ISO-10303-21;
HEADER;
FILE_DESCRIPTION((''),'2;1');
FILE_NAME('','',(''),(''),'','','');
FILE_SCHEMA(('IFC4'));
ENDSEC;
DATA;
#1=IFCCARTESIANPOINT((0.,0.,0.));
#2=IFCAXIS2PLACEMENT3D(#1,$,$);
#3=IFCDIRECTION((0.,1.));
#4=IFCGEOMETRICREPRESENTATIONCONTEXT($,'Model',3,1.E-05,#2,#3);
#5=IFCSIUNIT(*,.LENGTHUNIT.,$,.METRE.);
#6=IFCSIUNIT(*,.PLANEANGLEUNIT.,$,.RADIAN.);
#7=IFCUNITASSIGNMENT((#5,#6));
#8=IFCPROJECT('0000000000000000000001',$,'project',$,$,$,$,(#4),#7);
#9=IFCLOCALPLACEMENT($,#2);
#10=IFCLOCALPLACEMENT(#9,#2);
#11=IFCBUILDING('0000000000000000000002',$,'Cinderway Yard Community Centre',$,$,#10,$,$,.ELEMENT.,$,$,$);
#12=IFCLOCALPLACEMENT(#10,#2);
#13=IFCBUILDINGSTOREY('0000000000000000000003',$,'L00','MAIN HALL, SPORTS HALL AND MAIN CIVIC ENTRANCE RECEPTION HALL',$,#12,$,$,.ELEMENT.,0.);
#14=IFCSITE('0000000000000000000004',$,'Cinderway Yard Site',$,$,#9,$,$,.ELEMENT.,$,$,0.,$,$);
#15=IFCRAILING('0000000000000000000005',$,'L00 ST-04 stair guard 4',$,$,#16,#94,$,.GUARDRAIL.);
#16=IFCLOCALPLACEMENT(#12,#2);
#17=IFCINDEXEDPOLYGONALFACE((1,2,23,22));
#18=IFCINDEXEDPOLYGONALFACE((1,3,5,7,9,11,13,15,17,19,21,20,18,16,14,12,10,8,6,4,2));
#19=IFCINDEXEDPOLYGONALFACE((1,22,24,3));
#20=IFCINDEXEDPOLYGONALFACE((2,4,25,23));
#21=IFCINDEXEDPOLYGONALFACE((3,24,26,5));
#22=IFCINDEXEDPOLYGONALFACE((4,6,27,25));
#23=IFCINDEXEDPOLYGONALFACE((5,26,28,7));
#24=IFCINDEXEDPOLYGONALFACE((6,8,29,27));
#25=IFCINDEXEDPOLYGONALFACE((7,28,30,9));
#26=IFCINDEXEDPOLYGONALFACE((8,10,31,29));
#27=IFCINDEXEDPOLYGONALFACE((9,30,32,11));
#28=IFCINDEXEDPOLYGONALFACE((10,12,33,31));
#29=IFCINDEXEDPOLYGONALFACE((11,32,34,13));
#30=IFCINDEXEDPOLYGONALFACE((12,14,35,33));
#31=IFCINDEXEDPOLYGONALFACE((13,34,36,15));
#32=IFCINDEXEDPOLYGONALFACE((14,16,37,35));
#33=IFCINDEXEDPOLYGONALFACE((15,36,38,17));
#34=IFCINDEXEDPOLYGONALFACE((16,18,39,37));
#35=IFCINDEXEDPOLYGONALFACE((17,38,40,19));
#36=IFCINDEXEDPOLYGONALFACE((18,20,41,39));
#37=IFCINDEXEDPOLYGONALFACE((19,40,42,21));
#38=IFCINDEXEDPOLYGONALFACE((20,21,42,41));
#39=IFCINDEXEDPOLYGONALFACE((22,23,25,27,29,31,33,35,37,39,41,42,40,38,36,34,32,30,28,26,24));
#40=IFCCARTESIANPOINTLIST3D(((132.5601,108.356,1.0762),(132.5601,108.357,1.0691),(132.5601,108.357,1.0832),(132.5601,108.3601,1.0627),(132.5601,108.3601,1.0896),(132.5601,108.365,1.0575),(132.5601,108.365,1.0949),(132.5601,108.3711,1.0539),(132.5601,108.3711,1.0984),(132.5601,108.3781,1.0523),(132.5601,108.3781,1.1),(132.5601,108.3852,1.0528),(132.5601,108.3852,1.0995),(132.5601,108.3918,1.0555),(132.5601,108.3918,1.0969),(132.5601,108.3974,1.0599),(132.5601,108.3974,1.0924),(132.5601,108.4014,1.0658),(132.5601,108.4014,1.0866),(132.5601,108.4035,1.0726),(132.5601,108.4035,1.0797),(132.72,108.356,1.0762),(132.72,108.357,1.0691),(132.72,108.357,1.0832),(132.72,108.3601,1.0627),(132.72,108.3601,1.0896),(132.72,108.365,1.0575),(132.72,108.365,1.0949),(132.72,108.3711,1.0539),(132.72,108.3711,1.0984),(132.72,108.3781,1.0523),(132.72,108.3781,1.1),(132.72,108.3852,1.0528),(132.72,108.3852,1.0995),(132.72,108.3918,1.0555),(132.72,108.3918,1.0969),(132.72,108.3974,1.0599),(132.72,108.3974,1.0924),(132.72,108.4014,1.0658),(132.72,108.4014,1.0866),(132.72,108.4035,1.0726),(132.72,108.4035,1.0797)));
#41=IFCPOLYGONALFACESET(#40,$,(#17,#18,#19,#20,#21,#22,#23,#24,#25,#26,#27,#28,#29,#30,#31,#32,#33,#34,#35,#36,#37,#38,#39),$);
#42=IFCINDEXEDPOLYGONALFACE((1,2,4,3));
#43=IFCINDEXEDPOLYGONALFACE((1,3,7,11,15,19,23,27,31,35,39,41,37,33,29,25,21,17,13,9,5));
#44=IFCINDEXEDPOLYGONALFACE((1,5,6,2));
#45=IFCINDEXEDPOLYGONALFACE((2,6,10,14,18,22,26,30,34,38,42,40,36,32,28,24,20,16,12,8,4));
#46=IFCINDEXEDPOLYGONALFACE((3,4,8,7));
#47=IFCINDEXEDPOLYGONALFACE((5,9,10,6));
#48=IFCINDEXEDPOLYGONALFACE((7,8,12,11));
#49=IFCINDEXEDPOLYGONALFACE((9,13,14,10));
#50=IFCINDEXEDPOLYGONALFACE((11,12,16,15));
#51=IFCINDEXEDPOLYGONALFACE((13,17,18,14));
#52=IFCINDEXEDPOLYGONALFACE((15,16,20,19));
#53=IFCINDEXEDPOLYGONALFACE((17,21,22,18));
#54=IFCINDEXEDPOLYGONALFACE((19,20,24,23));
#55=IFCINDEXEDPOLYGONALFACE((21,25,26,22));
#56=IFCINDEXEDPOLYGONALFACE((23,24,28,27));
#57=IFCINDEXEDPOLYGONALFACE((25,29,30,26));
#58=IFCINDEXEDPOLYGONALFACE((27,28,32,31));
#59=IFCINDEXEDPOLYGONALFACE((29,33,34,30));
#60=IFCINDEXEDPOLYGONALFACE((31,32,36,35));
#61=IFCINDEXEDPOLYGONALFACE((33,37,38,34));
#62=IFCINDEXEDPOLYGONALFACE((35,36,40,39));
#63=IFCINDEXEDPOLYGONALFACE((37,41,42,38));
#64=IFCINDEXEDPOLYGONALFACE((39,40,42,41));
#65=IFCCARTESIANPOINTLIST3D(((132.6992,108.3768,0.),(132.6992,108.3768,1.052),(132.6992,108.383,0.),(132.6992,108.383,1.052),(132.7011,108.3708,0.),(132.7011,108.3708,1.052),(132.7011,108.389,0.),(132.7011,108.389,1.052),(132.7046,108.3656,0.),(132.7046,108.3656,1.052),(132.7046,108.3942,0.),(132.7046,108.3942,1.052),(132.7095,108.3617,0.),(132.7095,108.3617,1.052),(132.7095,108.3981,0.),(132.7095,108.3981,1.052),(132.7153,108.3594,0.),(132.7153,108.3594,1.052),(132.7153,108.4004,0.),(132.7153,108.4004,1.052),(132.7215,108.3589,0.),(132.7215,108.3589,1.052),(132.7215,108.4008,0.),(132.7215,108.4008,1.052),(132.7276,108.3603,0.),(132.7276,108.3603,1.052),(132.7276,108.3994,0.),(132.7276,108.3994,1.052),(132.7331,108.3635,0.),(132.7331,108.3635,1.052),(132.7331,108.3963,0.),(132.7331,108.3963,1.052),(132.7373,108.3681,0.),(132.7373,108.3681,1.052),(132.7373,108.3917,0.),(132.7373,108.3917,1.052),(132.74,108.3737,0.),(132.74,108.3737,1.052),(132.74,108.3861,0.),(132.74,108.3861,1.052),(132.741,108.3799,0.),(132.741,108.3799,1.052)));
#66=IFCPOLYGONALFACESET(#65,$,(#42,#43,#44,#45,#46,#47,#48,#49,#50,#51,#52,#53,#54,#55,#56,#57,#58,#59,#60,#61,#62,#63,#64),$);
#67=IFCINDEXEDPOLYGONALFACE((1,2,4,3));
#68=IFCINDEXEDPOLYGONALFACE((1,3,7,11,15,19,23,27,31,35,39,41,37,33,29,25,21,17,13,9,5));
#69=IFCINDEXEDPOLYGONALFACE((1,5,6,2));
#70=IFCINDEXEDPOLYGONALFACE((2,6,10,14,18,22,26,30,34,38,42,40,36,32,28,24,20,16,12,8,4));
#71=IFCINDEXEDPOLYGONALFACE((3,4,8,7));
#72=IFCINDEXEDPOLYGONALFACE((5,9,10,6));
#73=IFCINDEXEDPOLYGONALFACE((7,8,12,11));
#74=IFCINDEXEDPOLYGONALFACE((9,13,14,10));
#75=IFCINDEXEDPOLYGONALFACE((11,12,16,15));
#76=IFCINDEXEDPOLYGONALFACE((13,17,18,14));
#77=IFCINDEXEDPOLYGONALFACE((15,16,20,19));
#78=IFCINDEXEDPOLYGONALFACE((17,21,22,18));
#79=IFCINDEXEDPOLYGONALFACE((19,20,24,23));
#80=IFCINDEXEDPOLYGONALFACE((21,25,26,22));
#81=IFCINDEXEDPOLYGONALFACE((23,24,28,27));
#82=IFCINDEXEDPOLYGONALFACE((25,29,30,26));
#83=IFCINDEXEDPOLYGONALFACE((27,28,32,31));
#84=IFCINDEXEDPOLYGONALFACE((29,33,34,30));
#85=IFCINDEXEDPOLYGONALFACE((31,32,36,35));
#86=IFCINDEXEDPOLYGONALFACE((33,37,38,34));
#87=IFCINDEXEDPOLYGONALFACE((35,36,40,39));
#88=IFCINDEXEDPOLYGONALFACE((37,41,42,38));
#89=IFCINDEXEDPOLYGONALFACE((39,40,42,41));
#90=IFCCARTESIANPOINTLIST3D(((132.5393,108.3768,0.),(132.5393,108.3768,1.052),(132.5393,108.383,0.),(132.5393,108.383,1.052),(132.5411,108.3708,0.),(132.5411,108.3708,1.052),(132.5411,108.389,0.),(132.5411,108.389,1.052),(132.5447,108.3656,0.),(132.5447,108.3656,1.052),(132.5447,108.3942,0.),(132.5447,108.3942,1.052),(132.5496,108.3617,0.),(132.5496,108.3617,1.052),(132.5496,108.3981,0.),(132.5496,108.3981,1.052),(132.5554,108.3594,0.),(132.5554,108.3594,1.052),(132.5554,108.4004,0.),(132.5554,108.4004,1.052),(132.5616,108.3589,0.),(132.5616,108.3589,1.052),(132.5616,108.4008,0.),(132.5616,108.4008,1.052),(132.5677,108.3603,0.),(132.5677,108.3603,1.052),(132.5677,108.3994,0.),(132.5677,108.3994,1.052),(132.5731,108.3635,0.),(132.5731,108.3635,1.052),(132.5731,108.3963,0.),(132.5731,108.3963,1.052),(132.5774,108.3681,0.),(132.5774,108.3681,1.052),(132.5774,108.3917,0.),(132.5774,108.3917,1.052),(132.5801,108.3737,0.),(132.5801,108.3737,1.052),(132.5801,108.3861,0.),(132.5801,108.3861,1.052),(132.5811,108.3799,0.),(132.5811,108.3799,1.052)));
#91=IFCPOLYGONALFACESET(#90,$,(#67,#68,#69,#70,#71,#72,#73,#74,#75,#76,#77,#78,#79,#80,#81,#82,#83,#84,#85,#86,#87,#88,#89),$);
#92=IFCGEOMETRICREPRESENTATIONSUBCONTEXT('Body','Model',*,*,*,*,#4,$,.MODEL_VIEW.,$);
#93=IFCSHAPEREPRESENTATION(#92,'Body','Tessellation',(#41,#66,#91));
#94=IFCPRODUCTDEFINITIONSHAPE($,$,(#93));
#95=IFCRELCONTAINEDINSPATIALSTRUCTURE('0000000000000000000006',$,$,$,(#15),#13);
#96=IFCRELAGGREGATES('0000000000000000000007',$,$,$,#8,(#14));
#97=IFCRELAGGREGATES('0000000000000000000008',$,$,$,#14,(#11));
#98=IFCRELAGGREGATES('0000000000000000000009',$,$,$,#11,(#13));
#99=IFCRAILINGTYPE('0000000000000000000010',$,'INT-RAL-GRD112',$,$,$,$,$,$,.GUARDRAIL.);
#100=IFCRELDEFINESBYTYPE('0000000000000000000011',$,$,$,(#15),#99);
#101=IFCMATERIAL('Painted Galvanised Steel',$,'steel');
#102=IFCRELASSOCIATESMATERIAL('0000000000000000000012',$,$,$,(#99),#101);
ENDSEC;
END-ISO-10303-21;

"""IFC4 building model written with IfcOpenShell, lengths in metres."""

from ifc_helpers import new_model, si_unit, direction, frame, origin, origin_2d, place, context, subcontext, project, spatial, circle, extrude, material, type_object, element, save


model = new_model("IFC4")

# Units and contexts
model_context = context("Model", 3, precision=1e-05, world=origin(), true_north=direction((0.0, 1.0)))
body_context = subcontext(model_context, "Body", "Model", "MODEL_VIEW")
ifc_project = project(units=[si_unit("LENGTHUNIT", "METRE"), si_unit("PLANEANGLEUNIT", "RADIAN")], contexts=[model_context])

# Site, building, storey
site_placement = place(None, origin())
site = spatial("IfcSite", under=ifc_project, at=site_placement, Name="Cinderway Yard Site", CompositionType="ELEMENT", RefElevation=0.0)
building_placement = place(site_placement, origin())
building = spatial("IfcBuilding", under=site, at=building_placement, Name="Cinderway Yard Community Centre", CompositionType="ELEMENT")
storey_placement = place(building_placement, origin())
storey = spatial("IfcBuildingStorey", under=building, at=storey_placement, Name="L00", Description="MAIN HALL, SPORTS HALL AND MAIN CIVIC ENTRANCE RECEPTION HALL", CompositionType="ELEMENT", Elevation=0.0)

# Railing
ifc_material_1 = material(Name="Painted Galvanised Steel", Category="steel")
railing_type_1 = type_object("IfcRailingType", Name="INT-RAL-GRD112", PredefinedType="GUARDRAIL", material=ifc_material_1)
railing_1_placement = place(storey_placement, frame((132.72, 108.3799, 0.0)))
element("IfcRailing", 1, at=railing_1_placement, inside=storey, type_object=railing_type_1, Name="L00 ST-04 stair guard 4", PredefinedType="GUARDRAIL", context=body_context, shape_type="SweptSolid", body=[
    extrude(circle(Radius=0.0239, at=origin_2d()), frame((0.0, 0.0, 1.0762), z_axis=(-1.0, 0.0, 0.0), x_axis=(0.0, -1.0, 0.0)), (0.0, 0.0, 1.0), 0.1599),
    extrude(circle(Radius=0.021, at=origin_2d()), origin(), (0.0, 0.0, 1.0), 1.052),
    extrude(circle(Radius=0.021, at=origin_2d()), frame((-0.1599, 0.0, 0.0)), (0.0, 0.0, 1.0), 1.052),
])

save(model, "model.ifc")
